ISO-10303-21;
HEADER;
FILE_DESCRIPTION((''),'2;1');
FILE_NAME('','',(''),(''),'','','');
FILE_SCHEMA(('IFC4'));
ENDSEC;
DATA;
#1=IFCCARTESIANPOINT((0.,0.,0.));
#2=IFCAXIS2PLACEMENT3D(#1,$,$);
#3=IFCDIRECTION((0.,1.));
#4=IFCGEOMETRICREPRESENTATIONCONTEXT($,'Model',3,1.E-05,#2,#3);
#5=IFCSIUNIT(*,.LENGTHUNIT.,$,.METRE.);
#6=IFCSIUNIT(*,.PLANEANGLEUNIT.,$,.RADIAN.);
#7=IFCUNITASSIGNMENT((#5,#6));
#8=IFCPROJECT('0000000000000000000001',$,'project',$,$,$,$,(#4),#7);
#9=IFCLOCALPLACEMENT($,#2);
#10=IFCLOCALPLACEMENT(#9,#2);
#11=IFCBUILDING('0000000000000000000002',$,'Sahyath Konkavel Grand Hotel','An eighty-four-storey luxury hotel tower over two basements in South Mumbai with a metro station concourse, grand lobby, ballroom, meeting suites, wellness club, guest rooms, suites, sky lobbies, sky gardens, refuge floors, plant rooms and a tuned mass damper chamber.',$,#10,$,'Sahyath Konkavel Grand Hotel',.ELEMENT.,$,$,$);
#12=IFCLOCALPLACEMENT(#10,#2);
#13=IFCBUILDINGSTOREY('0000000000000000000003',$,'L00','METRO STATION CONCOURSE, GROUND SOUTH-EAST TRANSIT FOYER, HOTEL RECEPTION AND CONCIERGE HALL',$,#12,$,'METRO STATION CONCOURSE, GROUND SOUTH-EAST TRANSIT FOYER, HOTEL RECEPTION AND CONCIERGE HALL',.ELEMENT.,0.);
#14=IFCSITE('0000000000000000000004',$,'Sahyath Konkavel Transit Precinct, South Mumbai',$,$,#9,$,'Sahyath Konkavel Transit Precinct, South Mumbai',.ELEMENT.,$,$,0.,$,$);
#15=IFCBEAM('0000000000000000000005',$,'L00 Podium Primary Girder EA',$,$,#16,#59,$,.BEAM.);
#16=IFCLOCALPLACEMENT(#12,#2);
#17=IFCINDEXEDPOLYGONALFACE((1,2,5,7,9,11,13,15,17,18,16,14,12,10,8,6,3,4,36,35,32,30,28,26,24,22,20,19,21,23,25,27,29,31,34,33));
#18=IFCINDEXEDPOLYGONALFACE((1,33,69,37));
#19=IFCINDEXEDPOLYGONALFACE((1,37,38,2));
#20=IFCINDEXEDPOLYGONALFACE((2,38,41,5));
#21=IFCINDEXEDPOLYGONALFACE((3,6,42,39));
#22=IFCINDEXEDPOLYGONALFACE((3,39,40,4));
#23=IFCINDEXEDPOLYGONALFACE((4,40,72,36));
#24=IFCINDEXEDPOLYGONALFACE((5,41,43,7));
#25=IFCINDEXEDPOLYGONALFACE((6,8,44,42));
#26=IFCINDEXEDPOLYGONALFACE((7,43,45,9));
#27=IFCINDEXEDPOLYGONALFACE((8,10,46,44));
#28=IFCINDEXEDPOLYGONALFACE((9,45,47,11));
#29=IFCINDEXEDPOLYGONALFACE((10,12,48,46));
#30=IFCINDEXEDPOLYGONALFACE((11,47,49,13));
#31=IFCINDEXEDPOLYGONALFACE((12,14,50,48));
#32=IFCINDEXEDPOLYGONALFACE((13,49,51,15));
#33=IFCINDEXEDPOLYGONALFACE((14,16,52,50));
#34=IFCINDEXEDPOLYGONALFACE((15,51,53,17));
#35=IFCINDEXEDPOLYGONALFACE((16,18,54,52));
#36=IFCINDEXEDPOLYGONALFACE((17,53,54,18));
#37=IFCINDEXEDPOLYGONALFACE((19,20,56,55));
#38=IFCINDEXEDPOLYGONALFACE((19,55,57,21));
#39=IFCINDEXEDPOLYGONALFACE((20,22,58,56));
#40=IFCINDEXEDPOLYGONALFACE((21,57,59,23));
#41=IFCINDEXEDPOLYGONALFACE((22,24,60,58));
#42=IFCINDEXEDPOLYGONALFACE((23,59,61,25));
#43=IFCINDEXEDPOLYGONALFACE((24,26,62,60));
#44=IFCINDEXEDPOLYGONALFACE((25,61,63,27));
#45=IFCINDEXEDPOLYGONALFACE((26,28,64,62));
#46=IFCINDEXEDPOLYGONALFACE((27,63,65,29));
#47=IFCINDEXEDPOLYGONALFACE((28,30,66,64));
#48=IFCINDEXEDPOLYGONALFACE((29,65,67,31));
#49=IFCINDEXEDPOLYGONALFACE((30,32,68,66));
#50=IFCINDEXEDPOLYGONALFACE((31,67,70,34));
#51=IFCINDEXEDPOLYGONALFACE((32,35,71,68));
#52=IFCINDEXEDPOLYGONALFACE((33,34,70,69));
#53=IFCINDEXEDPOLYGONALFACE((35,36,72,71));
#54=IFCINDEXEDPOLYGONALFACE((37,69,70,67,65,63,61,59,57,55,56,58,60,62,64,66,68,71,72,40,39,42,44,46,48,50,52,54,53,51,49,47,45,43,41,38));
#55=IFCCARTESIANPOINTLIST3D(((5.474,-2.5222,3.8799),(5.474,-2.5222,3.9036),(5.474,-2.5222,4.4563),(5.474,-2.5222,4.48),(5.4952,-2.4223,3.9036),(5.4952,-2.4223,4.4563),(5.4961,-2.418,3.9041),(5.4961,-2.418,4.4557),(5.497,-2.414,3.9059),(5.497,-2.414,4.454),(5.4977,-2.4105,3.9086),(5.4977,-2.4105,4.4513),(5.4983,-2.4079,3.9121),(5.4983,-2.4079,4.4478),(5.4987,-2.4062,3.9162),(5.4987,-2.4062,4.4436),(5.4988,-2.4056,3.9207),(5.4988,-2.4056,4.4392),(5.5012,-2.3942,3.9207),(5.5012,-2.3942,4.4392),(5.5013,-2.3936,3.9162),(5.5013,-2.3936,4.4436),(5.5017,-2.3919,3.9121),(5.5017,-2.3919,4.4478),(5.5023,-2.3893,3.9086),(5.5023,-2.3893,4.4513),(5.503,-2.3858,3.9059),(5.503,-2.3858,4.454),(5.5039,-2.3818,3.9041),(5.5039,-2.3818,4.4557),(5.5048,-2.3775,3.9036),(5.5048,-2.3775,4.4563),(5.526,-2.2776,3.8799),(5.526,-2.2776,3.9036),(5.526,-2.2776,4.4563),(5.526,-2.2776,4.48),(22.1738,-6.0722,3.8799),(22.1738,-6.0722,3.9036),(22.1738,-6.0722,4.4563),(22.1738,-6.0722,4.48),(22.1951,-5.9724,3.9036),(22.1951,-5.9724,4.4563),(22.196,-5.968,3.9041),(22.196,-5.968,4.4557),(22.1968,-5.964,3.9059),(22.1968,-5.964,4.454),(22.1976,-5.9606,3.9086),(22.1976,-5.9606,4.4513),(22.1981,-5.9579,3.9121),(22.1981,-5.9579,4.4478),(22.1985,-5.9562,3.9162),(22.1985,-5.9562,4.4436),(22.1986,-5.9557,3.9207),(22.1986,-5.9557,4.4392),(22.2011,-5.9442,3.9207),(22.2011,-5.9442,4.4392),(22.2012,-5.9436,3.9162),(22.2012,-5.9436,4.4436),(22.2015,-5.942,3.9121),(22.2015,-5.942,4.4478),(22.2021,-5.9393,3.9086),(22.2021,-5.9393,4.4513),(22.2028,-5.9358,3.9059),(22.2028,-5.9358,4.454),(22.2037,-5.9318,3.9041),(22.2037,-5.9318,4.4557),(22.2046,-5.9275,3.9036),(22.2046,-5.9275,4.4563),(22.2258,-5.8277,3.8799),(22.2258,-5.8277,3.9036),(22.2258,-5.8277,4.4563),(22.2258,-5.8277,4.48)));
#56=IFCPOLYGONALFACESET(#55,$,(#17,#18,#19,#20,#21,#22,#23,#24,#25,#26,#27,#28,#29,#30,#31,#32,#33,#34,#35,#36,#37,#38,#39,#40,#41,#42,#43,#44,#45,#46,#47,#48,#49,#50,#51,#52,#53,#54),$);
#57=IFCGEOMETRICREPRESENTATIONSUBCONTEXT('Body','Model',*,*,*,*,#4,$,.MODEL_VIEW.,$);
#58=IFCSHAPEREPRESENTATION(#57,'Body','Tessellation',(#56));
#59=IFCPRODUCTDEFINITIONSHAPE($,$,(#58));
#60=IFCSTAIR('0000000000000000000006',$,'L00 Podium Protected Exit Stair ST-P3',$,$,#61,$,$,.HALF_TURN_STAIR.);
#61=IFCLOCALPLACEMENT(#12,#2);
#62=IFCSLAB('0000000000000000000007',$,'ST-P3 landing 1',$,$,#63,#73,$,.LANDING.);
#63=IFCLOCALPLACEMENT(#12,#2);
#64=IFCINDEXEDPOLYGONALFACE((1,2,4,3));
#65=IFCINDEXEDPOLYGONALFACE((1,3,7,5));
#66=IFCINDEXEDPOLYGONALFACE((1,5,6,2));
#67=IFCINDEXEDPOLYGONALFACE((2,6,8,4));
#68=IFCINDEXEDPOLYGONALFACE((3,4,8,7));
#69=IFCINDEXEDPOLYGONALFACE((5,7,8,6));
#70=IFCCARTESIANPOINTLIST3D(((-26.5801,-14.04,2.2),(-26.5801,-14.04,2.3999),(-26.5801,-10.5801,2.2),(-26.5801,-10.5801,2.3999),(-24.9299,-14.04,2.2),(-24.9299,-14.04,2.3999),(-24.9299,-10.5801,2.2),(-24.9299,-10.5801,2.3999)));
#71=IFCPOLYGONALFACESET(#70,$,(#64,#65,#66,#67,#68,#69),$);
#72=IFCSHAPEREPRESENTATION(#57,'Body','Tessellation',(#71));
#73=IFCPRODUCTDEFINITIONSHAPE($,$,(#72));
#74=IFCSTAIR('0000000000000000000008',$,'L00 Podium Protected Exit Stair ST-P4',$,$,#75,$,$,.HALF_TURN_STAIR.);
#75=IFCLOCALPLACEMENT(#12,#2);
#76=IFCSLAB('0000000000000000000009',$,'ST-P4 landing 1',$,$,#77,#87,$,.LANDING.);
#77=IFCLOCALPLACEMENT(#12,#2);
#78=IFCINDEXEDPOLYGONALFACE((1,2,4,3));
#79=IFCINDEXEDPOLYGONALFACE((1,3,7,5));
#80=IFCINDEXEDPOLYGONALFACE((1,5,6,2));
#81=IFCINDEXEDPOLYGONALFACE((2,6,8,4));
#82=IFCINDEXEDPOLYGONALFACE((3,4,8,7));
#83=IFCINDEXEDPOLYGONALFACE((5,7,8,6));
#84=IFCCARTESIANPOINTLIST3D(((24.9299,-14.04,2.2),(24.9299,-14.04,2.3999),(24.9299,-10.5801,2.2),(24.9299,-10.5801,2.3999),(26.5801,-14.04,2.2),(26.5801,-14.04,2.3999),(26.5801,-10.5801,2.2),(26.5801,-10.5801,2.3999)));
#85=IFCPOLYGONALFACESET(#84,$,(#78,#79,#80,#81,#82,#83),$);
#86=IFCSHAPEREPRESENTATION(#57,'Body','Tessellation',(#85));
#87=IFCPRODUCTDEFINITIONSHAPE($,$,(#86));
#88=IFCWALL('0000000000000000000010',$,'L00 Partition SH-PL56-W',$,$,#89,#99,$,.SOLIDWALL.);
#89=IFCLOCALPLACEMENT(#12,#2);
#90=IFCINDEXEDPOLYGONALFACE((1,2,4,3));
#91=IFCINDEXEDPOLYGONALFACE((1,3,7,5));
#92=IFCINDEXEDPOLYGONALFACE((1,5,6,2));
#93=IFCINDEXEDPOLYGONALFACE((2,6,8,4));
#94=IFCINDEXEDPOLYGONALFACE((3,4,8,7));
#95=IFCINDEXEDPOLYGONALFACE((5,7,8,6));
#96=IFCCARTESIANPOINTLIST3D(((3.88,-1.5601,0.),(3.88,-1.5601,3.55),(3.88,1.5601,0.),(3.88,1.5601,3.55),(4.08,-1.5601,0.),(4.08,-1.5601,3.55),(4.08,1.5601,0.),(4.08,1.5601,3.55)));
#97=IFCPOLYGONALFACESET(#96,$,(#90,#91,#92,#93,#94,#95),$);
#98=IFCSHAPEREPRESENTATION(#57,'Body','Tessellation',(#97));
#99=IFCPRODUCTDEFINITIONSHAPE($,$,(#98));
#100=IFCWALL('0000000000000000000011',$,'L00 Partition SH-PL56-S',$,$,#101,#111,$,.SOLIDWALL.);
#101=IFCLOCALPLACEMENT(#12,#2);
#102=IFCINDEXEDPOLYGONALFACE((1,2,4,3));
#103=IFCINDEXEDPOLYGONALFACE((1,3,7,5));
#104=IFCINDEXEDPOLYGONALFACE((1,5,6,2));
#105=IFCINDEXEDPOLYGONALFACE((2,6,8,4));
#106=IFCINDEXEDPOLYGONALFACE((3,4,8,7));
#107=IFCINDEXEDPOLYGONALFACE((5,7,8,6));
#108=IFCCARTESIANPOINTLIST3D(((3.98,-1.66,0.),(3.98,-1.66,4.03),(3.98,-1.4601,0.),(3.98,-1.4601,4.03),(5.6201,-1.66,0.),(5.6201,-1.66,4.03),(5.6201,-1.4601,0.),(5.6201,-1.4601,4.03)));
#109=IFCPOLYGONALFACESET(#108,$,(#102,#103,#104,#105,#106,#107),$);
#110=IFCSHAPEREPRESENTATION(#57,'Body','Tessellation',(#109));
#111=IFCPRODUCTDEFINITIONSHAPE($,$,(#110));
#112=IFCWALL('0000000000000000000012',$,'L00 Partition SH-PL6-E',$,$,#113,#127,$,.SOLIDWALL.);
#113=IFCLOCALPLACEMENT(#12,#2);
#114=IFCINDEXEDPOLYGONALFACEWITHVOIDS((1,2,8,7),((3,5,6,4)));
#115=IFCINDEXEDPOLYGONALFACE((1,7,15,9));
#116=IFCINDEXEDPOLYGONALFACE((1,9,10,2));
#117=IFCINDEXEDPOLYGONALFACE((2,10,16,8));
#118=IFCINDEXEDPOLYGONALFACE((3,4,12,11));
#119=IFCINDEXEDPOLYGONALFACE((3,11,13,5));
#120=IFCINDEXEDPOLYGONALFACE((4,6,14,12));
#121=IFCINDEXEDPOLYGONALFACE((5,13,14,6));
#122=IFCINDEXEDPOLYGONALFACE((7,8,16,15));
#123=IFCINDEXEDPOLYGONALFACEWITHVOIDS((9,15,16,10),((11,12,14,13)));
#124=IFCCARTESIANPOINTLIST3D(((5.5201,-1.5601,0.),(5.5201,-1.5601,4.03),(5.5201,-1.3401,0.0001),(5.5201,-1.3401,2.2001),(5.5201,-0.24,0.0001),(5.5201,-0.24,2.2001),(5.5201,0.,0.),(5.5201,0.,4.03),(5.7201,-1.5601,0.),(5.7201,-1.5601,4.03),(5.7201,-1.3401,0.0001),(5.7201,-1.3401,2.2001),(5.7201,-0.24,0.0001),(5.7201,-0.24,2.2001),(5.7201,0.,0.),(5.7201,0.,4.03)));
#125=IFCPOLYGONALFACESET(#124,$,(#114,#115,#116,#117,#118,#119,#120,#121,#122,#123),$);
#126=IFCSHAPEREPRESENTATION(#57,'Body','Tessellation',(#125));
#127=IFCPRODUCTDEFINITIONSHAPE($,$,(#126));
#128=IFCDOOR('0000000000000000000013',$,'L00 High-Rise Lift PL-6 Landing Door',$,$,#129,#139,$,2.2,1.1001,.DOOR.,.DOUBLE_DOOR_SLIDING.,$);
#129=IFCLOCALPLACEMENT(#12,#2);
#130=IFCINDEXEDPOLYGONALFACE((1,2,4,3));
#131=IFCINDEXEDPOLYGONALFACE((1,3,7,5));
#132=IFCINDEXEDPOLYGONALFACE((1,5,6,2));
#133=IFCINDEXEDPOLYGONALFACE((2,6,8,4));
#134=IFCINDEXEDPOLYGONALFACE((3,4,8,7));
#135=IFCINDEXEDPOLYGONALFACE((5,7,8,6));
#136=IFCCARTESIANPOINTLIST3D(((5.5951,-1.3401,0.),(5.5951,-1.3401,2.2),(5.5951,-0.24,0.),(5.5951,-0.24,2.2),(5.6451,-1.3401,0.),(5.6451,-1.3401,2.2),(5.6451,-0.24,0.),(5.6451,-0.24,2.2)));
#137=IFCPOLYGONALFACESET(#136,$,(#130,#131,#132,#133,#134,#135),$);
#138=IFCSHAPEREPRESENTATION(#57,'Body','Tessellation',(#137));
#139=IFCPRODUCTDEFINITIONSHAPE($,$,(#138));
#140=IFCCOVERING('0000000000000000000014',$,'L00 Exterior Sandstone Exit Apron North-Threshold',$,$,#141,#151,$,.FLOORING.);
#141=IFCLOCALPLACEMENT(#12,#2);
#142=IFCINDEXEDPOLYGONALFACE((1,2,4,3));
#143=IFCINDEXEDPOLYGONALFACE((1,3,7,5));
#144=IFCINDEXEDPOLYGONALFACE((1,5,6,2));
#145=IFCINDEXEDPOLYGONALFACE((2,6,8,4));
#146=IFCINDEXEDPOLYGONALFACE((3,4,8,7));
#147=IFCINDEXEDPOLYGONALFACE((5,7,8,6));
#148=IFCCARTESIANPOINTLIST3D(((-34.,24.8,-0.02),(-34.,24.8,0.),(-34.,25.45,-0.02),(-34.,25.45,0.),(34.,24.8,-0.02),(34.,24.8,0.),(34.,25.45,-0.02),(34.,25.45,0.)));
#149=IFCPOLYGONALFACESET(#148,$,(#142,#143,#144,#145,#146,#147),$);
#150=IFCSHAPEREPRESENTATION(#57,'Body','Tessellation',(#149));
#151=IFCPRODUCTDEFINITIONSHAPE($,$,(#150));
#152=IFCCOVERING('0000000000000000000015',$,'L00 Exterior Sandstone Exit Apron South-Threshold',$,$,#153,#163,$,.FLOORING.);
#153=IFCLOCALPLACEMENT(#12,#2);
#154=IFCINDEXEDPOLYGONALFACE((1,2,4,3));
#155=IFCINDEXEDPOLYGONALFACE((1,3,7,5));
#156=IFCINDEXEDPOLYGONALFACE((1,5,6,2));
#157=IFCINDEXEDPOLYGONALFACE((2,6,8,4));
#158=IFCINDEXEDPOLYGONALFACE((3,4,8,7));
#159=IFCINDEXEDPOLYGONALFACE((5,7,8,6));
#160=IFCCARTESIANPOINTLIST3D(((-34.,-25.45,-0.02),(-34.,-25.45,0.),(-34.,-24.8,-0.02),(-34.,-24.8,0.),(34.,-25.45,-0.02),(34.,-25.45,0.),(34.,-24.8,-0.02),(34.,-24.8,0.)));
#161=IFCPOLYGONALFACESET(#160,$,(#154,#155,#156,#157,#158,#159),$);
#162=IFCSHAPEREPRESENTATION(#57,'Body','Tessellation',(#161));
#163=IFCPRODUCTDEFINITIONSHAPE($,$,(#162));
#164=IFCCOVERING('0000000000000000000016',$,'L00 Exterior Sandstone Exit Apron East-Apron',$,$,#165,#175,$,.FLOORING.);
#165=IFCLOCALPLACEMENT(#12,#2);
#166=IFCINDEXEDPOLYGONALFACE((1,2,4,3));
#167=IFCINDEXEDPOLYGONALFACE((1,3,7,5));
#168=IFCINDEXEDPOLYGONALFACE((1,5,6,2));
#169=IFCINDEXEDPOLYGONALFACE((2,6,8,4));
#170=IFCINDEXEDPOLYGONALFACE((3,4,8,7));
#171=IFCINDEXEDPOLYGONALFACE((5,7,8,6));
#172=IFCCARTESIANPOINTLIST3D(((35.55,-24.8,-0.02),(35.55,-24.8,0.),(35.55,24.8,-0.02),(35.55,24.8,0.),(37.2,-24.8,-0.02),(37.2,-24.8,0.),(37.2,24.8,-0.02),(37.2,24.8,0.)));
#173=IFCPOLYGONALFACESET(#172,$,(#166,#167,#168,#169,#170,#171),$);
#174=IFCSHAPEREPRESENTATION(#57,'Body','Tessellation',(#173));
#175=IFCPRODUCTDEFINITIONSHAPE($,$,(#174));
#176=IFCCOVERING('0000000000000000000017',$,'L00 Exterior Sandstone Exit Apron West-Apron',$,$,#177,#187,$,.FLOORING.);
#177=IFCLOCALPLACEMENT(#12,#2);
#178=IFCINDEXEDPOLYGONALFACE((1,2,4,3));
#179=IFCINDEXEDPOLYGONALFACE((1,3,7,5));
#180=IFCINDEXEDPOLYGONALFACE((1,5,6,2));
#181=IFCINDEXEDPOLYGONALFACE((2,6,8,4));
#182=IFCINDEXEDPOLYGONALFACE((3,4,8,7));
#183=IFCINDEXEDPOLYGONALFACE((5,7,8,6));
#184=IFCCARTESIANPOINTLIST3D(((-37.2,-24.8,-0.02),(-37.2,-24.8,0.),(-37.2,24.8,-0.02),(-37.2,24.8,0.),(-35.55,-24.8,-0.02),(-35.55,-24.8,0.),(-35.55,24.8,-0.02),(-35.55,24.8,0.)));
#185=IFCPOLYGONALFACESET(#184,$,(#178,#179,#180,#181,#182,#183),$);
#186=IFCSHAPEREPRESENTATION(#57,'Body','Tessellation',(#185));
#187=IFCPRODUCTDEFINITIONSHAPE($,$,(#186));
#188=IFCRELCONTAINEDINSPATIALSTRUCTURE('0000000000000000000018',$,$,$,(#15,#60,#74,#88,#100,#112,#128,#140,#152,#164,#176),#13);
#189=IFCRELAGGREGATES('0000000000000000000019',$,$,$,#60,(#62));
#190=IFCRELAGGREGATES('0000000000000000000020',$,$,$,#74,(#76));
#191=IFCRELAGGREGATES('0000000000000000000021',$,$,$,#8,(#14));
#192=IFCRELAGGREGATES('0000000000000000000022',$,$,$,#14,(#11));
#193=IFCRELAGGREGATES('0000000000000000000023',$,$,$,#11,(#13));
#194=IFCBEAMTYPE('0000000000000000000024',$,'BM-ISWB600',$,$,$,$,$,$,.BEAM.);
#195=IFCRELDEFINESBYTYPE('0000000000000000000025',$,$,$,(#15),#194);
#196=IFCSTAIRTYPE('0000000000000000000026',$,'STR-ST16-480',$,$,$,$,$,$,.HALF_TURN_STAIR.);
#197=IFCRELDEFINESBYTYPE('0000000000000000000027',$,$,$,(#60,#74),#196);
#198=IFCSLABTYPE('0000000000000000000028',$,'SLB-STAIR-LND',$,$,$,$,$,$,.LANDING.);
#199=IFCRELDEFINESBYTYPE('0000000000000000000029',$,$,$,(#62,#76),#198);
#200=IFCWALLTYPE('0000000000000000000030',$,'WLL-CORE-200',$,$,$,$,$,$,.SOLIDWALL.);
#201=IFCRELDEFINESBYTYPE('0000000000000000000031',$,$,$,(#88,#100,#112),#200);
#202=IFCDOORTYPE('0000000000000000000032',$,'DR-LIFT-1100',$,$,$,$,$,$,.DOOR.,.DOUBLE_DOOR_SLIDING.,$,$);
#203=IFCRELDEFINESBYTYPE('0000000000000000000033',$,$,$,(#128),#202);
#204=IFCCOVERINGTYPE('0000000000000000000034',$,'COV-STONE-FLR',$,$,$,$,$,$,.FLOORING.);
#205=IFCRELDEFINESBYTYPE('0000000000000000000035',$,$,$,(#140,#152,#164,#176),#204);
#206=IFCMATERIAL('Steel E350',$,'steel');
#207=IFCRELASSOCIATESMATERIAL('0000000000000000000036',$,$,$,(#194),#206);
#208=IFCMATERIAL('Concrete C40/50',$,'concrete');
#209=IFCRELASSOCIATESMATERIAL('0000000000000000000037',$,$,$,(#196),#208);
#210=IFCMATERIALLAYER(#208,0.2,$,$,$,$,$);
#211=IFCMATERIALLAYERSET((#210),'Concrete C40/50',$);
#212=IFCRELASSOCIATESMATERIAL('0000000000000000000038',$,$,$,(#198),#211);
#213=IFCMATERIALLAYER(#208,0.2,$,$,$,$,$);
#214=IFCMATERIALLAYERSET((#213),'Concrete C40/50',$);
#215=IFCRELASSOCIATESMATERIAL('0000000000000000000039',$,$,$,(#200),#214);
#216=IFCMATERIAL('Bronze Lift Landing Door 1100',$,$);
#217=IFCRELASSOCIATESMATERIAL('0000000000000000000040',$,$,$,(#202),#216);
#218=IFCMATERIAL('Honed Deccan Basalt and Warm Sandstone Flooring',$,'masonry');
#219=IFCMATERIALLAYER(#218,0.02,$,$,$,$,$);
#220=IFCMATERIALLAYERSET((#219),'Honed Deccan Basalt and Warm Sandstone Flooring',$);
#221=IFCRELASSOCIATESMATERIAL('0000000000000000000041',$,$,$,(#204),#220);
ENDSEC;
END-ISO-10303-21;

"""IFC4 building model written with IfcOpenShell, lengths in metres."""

from ifc_helpers import new_model, si_unit, direction, frame, frame_2d, origin, origin_2d, place, context, subcontext, project, spatial, polyline, rectangle, i_section, outline, extrude, source, transform, mapped, material, layer, layer_set, material_profile, profile_set, type_object, element, fill, aggregate, save


model = new_model("IFC4")

# Units and contexts
model_context = context("Model", 3, precision=1e-05, world=origin(), true_north=direction((0.0, 1.0)))
body_context = subcontext(model_context, "Body", "Model", "MODEL_VIEW")
ifc_project = project(units=[si_unit("LENGTHUNIT", "METRE"), si_unit("PLANEANGLEUNIT", "RADIAN")], contexts=[model_context])

# Site, building, storey
site_placement = place(None, origin())
site = spatial("IfcSite", under=ifc_project, at=site_placement, Name="Sahyath Konkavel Transit Precinct, South Mumbai", LongName="Sahyath Konkavel Transit Precinct, South Mumbai", CompositionType="ELEMENT", RefElevation=0.0)
building_placement = place(site_placement, origin())
building = spatial("IfcBuilding", under=site, at=building_placement, Name="Sahyath Konkavel Grand Hotel", Description="An eighty-four-storey luxury hotel tower over two basements in South Mumbai with a metro station concourse, grand lobby, ballroom, meeting suites, wellness club, guest rooms, suites, sky lobbies, sky gardens, refuge floors, plant rooms and a tuned mass damper chamber.", LongName="Sahyath Konkavel Grand Hotel", CompositionType="ELEMENT")
storey_placement = place(building_placement, origin())
storey = spatial("IfcBuildingStorey", under=building, at=storey_placement, Name="L00", Description="METRO STATION CONCOURSE, GROUND SOUTH-EAST TRANSIT FOYER, HOTEL RECEPTION AND CONCIERGE HALL", LongName="METRO STATION CONCOURSE, GROUND SOUTH-EAST TRANSIT FOYER, HOTEL RECEPTION AND CONCIERGE HALL", CompositionType="ELEMENT", Elevation=0.0)

# Beam
ifc_material_1 = material(Name="Steel E350", Category="steel")
ifc_material_profile_1 = material_profile(ifc_material_1, i_section(OverallWidth=0.25, OverallDepth=0.6001, WebThickness=0.0117, FlangeThickness=0.0237, FilletRadius=0.0171, at=origin_2d()), Name="ISWB 600")
ifc_profile_set_1 = profile_set([ifc_material_profile_1], Name="Steel E350")
beam_type_1 = type_object("IfcBeamType", Name="BM-ISWB600", PredefinedType="BEAM", material=ifc_profile_set_1)
shared_shape_1 = source(origin(), body_context, "Body", "SweptSolid", [
    extrude(i_section(OverallWidth=0.25, OverallDepth=0.6001, WebThickness=0.0117, FlangeThickness=0.0237, FilletRadius=0.0171, at=origin_2d()), origin(), (0.0, 0.0, 1.0), 17.073),
])
beam_1_placement = place(storey_placement, frame((5.5, -2.3999, 4.1799), z_axis=(0.978143, -0.207932, 0.0), x_axis=(0.207932, 0.978143, 0.0)))
element("IfcBeam", 1, at=beam_1_placement, inside=storey, type_object=beam_type_1, Name="L00 Podium Primary Girder EA", PredefinedType="BEAM", context=body_context, shape_type="MappedRepresentation", body=[
    mapped(shared_shape_1, transform((0.0, 0.0, 0.0), scale=1.0)),
])

# Stairs, slabs
ifc_material_2 = material(Name="Concrete C40/50", Category="concrete")
stair_type = type_object("IfcStairType", Name="STR-ST16-480", PredefinedType="HALF_TURN_STAIR", material=ifc_material_2)
stair_1_placement = place(storey_placement, origin())
stair_1 = element("IfcStair", 2, at=stair_1_placement, inside=storey, type_object=stair_type, Name="L00 Podium Protected Exit Stair ST-P3", PredefinedType="HALF_TURN_STAIR")
ifc_layer_1 = layer(ifc_material_2, 0.2)
ifc_layer_set_1 = layer_set([ifc_layer_1], Name="Concrete C40/50")
slab_type = type_object("IfcSlabType", Name="SLB-STAIR-LND", PredefinedType="LANDING", material=ifc_layer_set_1)
slab_1_placement = place(storey_placement, frame((0.0, 0.0, 2.2)))
slab_1 = element("IfcSlab", 3, at=slab_1_placement, type_object=slab_type, Name="ST-P3 landing 1", PredefinedType="LANDING", context=body_context, shape_type="SweptSolid", body=[
    extrude(outline(polyline([(-24.9299, -10.5801), (-26.5801, -10.5801), (-26.5801, -14.04), (-24.9299, -14.04), (-24.9299, -10.5801)])), origin(), (0.0, 0.0, 1.0), 0.2),
])
aggregate(stair_1, [slab_1])
stair_2_placement = place(storey_placement, origin())
stair_2 = element("IfcStair", 4, at=stair_2_placement, inside=storey, type_object=stair_type, Name="L00 Podium Protected Exit Stair ST-P4", PredefinedType="HALF_TURN_STAIR")
slab_2_placement = place(storey_placement, frame((0.0, 0.0, 2.2)))
slab_2 = element("IfcSlab", 5, at=slab_2_placement, type_object=slab_type, Name="ST-P4 landing 1", PredefinedType="LANDING", context=body_context, shape_type="SweptSolid", body=[
    extrude(outline(polyline([(24.9299, -14.04), (26.5801, -14.04), (26.5801, -10.5801), (24.9299, -10.5801), (24.9299, -14.04)])), origin(), (0.0, 0.0, 1.0), 0.2),
])
aggregate(stair_2, [slab_2])

# Walls
ifc_layer_2 = layer(ifc_material_2, 0.2)
ifc_layer_set_2 = layer_set([ifc_layer_2], Name="Concrete C40/50")
wall_type = type_object("IfcWallType", Name="WLL-CORE-200", PredefinedType="SOLIDWALL", material=ifc_layer_set_2)
wall_1_placement = place(storey_placement, frame((3.98, -1.5601, 0.0), z_axis=(0.0, 0.0, 1.0), x_axis=(0.0, 1.0, 0.0)))
element("IfcWall", 6, at=wall_1_placement, inside=storey, type_object=wall_type, Name="L00 Partition SH-PL56-W", PredefinedType="SOLIDWALL", context=body_context, shape_type="SweptSolid", body=[
    extrude(rectangle(XDim=3.1201, YDim=0.2, at=frame_2d((1.5601, 0.0))), origin(), (0.0, 0.0, 1.0), 3.55),
])
wall_2_placement = place(storey_placement, frame((3.98, -1.5601, 0.0), z_axis=(0.0, 0.0, 1.0), x_axis=(1.0, 0.0, 0.0)))
element("IfcWall", 7, at=wall_2_placement, inside=storey, type_object=wall_type, Name="L00 Partition SH-PL56-S", PredefinedType="SOLIDWALL", context=body_context, shape_type="SweptSolid", body=[
    extrude(rectangle(XDim=1.6401, YDim=0.2, at=frame_2d((0.8201, 0.0))), origin(), (0.0, 0.0, 1.0), 4.03),
])

# Wall, opening, door
wall_3_placement = place(storey_placement, frame((5.6201, -1.5601, 0.0), z_axis=(0.0, 0.0, 1.0), x_axis=(0.0, 1.0, 0.0)))
wall_3 = element("IfcWall", 8, at=wall_3_placement, inside=storey, type_object=wall_type, Name="L00 Partition SH-PL6-E", PredefinedType="SOLIDWALL", context=body_context, shape_type="SweptSolid", body=[
    extrude(rectangle(XDim=1.5601, YDim=0.2, at=frame_2d((0.78, 0.0))), origin(), (0.0, 0.0, 1.0), 4.03),
])
opening_placement = place(wall_3_placement, frame((0.22, 0.0, 0.0)))
opening = element("IfcOpeningElement", 9, at=opening_placement, cuts=wall_3, PredefinedType="OPENING", context=body_context, shape_type="SweptSolid", body=[
    extrude(rectangle(XDim=1.1001, YDim=2.2, at=frame_2d((0.55, 1.1001))), frame((0.0, 0.1099, 0.0), z_axis=(0.0, -1.0, 0.0), x_axis=(1.0, 0.0, 0.0)), (0.0, 0.0, 1.0), 0.22),
])
ifc_material_3 = material(Name="Bronze Lift Landing Door 1100")
door_type = type_object("IfcDoorType", Name="DR-LIFT-1100", OperationType="DOUBLE_DOOR_SLIDING", PredefinedType="DOOR", material=ifc_material_3)
shared_shape_2 = source(origin(), body_context, "Body", "SweptSolid", [
    extrude(rectangle(XDim=1.1001, YDim=0.05, at=origin_2d()), origin(), (0.0, 0.0, 1.0), 2.2),
])
door_placement = place(opening_placement, frame((0.55, 0.0, 0.0)))
door = element("IfcDoor", 10, at=door_placement, inside=storey, type_object=door_type, Name="L00 High-Rise Lift PL-6 Landing Door", OperationType="DOUBLE_DOOR_SLIDING", OverallHeight=2.2, OverallWidth=1.1001, PredefinedType="DOOR", context=body_context, shape_type="MappedRepresentation", body=[
    mapped(shared_shape_2, transform((0.0, 0.0, 0.0), scale=1.0)),
])
fill(opening, door)

# Coverings
ifc_material_4 = material(Name="Honed Deccan Basalt and Warm Sandstone Flooring", Category="masonry")
ifc_layer_3 = layer(ifc_material_4, 0.02)
ifc_layer_set_3 = layer_set([ifc_layer_3], Name="Honed Deccan Basalt and Warm Sandstone Flooring")
covering_type_1 = type_object("IfcCoveringType", Name="COV-STONE-FLR", PredefinedType="FLOORING", material=ifc_layer_set_3)
covering_1_placement = place(storey_placement, frame((0.0, 0.0, -0.02)))
element("IfcCovering", 11, at=covering_1_placement, inside=storey, type_object=covering_type_1, Name="L00 Exterior Sandstone Exit Apron North-Threshold", PredefinedType="FLOORING", context=body_context, shape_type="SweptSolid", body=[
    extrude(outline(polyline([(-34.0, 24.8), (34.0, 24.8), (34.0, 25.45), (-34.0, 25.45), (-34.0, 24.8)])), origin(), (0.0, 0.0, 1.0), 0.02),
])
covering_2_placement = place(storey_placement, frame((0.0, 0.0, -0.02)))
element("IfcCovering", 12, at=covering_2_placement, inside=storey, type_object=covering_type_1, Name="L00 Exterior Sandstone Exit Apron South-Threshold", PredefinedType="FLOORING", context=body_context, shape_type="SweptSolid", body=[
    extrude(outline(polyline([(-34.0, -25.45), (34.0, -25.45), (34.0, -24.8), (-34.0, -24.8), (-34.0, -25.45)])), origin(), (0.0, 0.0, 1.0), 0.02),
])
covering_3_placement = place(storey_placement, frame((0.0, 0.0, -0.02)))
element("IfcCovering", 13, at=covering_3_placement, inside=storey, type_object=covering_type_1, Name="L00 Exterior Sandstone Exit Apron East-Apron", PredefinedType="FLOORING", context=body_context, shape_type="SweptSolid", body=[
    extrude(outline(polyline([(35.55, -24.8), (37.2, -24.8), (37.2, 24.8), (35.55, 24.8), (35.55, -24.8)])), origin(), (0.0, 0.0, 1.0), 0.02),
])
covering_4_placement = place(storey_placement, frame((0.0, 0.0, -0.02)))
element("IfcCovering", 14, at=covering_4_placement, inside=storey, type_object=covering_type_1, Name="L00 Exterior Sandstone Exit Apron West-Apron", PredefinedType="FLOORING", context=body_context, shape_type="SweptSolid", body=[
    extrude(outline(polyline([(-37.2, -24.8), (-35.55, -24.8), (-35.55, 24.8), (-37.2, 24.8), (-37.2, -24.8)])), origin(), (0.0, 0.0, 1.0), 0.02),
])

save(model, "model.ifc")
